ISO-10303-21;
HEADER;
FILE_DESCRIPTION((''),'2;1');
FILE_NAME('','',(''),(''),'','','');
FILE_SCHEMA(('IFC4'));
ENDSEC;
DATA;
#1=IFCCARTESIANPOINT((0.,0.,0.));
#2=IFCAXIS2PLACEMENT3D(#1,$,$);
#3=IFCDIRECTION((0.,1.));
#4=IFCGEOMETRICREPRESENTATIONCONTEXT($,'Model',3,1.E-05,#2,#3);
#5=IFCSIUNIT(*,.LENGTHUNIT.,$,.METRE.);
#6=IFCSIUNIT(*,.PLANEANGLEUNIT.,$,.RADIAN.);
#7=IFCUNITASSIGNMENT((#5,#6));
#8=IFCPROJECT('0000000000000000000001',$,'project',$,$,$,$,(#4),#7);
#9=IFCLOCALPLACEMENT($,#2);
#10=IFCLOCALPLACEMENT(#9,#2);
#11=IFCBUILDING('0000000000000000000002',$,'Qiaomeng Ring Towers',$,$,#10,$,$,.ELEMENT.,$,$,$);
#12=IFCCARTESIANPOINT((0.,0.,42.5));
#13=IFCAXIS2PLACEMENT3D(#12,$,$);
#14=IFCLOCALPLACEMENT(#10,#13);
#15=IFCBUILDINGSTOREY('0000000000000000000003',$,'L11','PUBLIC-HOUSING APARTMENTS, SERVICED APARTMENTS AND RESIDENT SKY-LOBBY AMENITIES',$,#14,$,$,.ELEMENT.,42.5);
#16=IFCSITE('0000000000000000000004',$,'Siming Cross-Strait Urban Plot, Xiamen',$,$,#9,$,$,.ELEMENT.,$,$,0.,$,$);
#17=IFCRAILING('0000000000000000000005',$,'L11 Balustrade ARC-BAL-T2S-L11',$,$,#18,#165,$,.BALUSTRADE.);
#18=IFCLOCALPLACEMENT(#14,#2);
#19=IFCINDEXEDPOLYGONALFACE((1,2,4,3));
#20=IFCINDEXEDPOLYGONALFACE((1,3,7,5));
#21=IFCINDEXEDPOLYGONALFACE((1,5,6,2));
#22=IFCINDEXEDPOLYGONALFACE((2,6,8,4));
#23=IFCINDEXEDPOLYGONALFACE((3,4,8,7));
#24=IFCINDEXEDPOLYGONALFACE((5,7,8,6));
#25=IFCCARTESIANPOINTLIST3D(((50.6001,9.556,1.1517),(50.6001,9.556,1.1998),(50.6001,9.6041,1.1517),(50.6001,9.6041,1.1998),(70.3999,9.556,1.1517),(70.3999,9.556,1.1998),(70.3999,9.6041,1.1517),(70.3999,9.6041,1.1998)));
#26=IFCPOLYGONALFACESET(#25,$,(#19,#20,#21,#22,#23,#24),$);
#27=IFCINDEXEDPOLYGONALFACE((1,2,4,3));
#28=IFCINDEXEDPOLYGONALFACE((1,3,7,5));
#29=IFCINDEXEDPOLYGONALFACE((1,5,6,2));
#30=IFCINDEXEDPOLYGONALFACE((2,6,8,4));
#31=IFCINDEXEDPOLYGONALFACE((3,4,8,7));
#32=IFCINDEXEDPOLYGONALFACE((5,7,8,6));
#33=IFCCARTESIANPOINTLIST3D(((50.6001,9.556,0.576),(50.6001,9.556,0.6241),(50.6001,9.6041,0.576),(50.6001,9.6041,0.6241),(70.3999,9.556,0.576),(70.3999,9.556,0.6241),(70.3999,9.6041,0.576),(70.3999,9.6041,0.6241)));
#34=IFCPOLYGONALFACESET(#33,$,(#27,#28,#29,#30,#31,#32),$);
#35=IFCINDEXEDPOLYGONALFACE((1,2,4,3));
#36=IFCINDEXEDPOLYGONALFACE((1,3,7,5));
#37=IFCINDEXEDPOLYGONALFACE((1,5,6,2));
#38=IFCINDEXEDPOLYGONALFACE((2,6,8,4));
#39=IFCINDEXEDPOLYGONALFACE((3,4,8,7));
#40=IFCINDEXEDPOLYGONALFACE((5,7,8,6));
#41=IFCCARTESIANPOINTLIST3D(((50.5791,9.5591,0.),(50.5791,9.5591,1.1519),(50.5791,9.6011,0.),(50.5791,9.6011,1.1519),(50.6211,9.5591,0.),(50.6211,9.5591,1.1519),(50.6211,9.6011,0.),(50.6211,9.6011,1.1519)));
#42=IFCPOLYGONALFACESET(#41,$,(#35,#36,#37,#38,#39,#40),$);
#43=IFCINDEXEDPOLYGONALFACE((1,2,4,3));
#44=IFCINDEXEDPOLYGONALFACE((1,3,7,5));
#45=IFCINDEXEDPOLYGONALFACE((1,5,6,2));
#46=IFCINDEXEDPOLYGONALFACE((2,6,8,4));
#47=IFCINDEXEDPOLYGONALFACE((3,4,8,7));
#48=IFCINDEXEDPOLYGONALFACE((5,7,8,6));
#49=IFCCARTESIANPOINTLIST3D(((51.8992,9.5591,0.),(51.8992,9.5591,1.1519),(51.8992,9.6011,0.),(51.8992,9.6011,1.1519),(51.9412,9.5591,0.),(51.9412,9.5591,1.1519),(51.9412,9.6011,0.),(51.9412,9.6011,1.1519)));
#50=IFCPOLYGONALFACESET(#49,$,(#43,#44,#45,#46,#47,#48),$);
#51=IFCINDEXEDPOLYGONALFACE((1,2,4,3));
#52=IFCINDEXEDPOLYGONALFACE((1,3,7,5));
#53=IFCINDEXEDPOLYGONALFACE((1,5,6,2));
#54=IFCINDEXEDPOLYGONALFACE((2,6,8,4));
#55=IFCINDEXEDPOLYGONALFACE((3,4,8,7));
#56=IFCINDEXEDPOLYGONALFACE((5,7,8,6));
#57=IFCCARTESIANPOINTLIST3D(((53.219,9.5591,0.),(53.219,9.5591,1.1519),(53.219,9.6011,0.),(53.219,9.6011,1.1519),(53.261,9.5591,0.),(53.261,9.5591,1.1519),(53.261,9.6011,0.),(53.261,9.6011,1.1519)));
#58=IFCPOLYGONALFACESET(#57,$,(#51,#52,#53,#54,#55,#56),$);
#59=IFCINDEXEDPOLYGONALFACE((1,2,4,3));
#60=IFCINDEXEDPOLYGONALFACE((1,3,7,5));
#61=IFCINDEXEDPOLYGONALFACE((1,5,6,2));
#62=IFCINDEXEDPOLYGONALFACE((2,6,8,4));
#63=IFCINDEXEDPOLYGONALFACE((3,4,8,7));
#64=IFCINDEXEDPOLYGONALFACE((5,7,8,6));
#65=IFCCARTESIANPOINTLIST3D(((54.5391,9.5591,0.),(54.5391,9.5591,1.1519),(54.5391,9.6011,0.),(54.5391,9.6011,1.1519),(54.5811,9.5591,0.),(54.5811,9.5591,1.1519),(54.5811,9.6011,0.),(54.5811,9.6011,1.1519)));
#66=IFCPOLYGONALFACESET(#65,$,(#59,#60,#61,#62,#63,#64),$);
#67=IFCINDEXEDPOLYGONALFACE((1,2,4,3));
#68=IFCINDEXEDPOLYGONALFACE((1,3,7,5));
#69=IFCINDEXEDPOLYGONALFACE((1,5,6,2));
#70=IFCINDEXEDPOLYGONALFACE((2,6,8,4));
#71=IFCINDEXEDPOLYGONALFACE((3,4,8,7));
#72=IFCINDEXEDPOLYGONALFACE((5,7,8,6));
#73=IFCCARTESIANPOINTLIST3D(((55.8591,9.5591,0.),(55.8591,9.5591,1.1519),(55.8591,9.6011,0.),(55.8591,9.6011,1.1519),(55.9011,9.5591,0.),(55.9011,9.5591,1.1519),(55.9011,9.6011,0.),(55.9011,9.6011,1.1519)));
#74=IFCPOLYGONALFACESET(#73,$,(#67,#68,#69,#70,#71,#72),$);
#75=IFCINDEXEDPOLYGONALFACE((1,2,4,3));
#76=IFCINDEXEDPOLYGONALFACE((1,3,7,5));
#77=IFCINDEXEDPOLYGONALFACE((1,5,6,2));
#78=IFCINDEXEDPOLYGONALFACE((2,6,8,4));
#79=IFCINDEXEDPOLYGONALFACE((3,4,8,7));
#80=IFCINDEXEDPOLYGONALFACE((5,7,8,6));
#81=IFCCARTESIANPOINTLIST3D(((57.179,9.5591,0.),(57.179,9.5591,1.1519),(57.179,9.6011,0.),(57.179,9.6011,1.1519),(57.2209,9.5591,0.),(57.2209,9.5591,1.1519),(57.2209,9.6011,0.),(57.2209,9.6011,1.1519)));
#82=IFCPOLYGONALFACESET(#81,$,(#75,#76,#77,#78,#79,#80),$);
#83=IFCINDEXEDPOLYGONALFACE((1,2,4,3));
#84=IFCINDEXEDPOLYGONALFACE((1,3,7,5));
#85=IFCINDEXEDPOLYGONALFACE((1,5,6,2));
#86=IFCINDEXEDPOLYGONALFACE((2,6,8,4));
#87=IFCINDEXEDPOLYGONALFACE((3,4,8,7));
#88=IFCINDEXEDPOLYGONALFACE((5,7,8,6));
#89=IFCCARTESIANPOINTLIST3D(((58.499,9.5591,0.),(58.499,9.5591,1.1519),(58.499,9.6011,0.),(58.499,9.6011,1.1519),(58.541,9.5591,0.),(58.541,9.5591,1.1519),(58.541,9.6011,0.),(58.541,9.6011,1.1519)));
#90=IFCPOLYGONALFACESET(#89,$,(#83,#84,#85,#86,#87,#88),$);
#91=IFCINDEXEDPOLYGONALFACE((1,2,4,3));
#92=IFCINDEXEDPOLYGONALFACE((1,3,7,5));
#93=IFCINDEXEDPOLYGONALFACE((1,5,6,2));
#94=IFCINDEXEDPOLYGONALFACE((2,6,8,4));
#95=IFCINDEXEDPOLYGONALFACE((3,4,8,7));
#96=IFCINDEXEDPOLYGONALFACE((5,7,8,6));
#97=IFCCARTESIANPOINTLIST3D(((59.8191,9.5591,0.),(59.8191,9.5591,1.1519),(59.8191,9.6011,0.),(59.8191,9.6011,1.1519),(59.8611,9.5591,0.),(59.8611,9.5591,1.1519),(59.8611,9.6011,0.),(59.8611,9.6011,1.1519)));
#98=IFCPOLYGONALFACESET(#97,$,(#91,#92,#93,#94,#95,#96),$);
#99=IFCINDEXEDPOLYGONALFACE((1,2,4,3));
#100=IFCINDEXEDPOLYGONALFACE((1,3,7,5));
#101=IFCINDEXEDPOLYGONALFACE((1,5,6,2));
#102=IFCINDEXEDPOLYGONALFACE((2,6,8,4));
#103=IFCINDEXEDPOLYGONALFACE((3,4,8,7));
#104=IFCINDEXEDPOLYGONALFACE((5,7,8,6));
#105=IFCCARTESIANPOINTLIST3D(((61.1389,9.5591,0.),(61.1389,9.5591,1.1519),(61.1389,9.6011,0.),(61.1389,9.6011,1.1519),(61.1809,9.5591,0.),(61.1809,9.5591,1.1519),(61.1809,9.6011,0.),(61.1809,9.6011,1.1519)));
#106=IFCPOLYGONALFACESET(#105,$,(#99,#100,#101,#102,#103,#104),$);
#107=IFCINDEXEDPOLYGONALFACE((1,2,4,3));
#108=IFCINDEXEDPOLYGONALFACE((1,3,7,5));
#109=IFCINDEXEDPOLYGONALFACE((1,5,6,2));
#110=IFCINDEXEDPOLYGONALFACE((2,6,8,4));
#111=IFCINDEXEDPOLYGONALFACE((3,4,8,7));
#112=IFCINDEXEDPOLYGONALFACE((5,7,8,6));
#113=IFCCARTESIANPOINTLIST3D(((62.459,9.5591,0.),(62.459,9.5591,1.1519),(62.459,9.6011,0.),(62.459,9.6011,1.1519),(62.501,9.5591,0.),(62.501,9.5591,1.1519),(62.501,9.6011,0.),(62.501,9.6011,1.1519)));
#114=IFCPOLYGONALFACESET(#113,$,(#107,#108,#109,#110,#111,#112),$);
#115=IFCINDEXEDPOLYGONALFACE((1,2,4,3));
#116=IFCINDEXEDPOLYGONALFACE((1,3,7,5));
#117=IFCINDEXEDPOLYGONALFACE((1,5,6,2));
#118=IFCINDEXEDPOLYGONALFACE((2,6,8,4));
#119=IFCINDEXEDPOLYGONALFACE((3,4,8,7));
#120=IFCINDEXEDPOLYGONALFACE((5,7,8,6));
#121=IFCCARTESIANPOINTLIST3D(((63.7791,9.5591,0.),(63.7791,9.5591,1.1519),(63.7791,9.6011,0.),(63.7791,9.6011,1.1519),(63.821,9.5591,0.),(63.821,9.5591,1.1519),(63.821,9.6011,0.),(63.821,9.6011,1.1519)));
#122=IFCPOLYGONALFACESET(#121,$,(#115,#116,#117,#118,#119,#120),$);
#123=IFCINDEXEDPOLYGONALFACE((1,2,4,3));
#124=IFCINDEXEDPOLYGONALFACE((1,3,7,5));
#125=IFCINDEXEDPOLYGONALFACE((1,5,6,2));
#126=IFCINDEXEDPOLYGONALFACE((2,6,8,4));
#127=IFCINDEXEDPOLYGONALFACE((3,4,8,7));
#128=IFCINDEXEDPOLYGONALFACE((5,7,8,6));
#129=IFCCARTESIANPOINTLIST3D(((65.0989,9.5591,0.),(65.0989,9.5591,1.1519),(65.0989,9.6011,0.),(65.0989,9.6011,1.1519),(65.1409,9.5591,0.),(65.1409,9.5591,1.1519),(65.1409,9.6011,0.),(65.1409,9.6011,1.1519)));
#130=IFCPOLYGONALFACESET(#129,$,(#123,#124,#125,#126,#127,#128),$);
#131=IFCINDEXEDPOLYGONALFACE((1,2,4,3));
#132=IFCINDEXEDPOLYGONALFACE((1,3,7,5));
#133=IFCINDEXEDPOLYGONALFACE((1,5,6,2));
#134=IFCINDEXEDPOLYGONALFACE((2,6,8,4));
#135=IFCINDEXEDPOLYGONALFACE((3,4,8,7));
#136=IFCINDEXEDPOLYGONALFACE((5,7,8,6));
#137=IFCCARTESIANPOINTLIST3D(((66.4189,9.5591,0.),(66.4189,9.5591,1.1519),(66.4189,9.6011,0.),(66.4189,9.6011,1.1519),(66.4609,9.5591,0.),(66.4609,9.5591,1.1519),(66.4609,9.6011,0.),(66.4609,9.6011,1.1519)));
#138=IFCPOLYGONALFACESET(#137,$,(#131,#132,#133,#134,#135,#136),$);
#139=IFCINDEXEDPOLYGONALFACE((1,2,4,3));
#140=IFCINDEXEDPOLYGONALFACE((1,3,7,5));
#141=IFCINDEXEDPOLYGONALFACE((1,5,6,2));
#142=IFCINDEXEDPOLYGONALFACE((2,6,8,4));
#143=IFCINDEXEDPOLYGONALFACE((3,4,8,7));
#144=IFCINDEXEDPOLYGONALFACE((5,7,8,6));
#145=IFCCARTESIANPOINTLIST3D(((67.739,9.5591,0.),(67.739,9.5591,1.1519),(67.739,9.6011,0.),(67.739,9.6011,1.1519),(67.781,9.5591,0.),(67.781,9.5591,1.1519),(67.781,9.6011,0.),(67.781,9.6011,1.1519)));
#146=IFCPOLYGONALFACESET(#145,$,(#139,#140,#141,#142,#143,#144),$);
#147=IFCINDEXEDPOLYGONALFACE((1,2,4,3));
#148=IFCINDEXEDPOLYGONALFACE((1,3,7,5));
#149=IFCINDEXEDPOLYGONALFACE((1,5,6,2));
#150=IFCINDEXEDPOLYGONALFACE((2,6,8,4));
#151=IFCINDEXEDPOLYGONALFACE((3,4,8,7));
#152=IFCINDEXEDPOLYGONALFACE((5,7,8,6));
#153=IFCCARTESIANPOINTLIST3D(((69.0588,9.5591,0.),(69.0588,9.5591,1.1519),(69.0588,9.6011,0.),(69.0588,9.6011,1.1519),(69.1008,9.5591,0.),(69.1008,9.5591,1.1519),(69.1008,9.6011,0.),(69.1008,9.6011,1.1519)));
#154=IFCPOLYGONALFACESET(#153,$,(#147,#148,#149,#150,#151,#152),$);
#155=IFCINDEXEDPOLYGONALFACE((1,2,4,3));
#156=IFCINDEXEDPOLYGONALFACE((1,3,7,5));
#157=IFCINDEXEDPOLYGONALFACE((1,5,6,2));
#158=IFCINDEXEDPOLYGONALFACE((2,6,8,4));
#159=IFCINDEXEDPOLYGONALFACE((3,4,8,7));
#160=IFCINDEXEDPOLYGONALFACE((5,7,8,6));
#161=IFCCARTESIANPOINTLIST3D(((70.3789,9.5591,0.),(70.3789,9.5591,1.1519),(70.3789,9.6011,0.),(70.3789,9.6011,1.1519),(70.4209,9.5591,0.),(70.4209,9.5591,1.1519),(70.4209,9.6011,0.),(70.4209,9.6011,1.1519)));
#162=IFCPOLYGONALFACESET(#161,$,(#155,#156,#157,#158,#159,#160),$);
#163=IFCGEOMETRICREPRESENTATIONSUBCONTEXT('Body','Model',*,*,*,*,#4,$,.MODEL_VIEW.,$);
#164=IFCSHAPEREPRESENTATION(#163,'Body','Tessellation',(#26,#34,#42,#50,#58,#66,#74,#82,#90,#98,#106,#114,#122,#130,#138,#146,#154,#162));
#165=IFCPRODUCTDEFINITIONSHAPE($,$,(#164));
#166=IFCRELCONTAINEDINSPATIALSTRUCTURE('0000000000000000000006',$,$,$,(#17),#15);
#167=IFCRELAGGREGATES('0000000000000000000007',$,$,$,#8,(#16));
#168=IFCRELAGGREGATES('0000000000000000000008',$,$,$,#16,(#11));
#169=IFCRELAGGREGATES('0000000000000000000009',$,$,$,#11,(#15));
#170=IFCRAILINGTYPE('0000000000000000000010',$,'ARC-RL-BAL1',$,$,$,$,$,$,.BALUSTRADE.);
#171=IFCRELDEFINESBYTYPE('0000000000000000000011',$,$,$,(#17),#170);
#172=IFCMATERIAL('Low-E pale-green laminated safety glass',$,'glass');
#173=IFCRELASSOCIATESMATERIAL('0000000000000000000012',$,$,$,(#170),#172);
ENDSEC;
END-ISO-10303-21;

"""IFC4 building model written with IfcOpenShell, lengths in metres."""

from ifc_helpers import new_model, si_unit, direction, frame, origin, origin_2d, place, context, subcontext, project, spatial, rectangle, extrude, material, type_object, element, save


model = new_model("IFC4")

# Units and contexts
model_context = context("Model", 3, precision=1e-05, world=origin(), true_north=direction((0.0, 1.0)))
body_context = subcontext(model_context, "Body", "Model", "MODEL_VIEW")
ifc_project = project(units=[si_unit("LENGTHUNIT", "METRE"), si_unit("PLANEANGLEUNIT", "RADIAN")], contexts=[model_context])

# Site, building, storey
site_placement = place(None, origin())
site = spatial("IfcSite", under=ifc_project, at=site_placement, Name="Siming Cross-Strait Urban Plot, Xiamen", CompositionType="ELEMENT", RefElevation=0.0)
building_placement = place(site_placement, origin())
building = spatial("IfcBuilding", under=site, at=building_placement, Name="Qiaomeng Ring Towers", CompositionType="ELEMENT")
storey_placement = place(building_placement, frame((0.0, 0.0, 42.5)))
storey = spatial("IfcBuildingStorey", under=building, at=storey_placement, Name="L11", Description="PUBLIC-HOUSING APARTMENTS, SERVICED APARTMENTS AND RESIDENT SKY-LOBBY AMENITIES", CompositionType="ELEMENT", Elevation=42.5)

# Railing
ifc_material_1 = material(Name="Low-E pale-green laminated safety glass", Category="glass")
railing_type = type_object("IfcRailingType", Name="ARC-RL-BAL1", PredefinedType="BALUSTRADE", material=ifc_material_1)
railing_placement = place(storey_placement, frame((50.6001, 9.5801, 0.0)))
element("IfcRailing", 1, at=railing_placement, inside=storey, type_object=railing_type, Name="L11 Balustrade ARC-BAL-T2S-L11", PredefinedType="BALUSTRADE", context=body_context, shape_type="SweptSolid", body=[
    extrude(rectangle(XDim=0.0481, YDim=0.0481, at=origin_2d()), frame((0.0, 0.0, 1.1758), z_axis=(1.0, 0.0, 0.0), x_axis=(0.0, 1.0, 0.0)), (0.0, 0.0, 1.0), 19.7998),
    extrude(rectangle(XDim=0.0481, YDim=0.0481, at=origin_2d()), frame((0.0, 0.0, 0.6001), z_axis=(1.0, 0.0, 0.0), x_axis=(0.0, 1.0, 0.0)), (0.0, 0.0, 1.0), 19.7998),
    extrude(rectangle(XDim=0.042, YDim=0.042, at=origin_2d()), origin(), (0.0, 0.0, 1.0), 1.1519),
    extrude(rectangle(XDim=0.042, YDim=0.042, at=origin_2d()), frame((1.3201, 0.0, 0.0)), (0.0, 0.0, 1.0), 1.1519),
    extrude(rectangle(XDim=0.042, YDim=0.042, at=origin_2d()), frame((2.6399, 0.0, 0.0)), (0.0, 0.0, 1.0), 1.1519),
    extrude(rectangle(XDim=0.042, YDim=0.042, at=origin_2d()), frame((3.96, 0.0, 0.0)), (0.0, 0.0, 1.0), 1.1519),
    extrude(rectangle(XDim=0.042, YDim=0.042, at=origin_2d()), frame((5.28, 0.0, 0.0)), (0.0, 0.0, 1.0), 1.1519),
    extrude(rectangle(XDim=0.042, YDim=0.042, at=origin_2d()), frame((6.5999, 0.0, 0.0)), (0.0, 0.0, 1.0), 1.1519),
    extrude(rectangle(XDim=0.042, YDim=0.042, at=origin_2d()), frame((7.9199, 0.0, 0.0)), (0.0, 0.0, 1.0), 1.1519),
    extrude(rectangle(XDim=0.042, YDim=0.042, at=origin_2d()), frame((9.24, 0.0, 0.0)), (0.0, 0.0, 1.0), 1.1519),
    extrude(rectangle(XDim=0.042, YDim=0.042, at=origin_2d()), frame((10.5598, 0.0, 0.0)), (0.0, 0.0, 1.0), 1.1519),
    extrude(rectangle(XDim=0.042, YDim=0.042, at=origin_2d()), frame((11.8799, 0.0, 0.0)), (0.0, 0.0, 1.0), 1.1519),
    extrude(rectangle(XDim=0.042, YDim=0.042, at=origin_2d()), frame((13.2, 0.0, 0.0)), (0.0, 0.0, 1.0), 1.1519),
    extrude(rectangle(XDim=0.042, YDim=0.042, at=origin_2d()), frame((14.5198, 0.0, 0.0)), (0.0, 0.0, 1.0), 1.1519),
    extrude(rectangle(XDim=0.042, YDim=0.042, at=origin_2d()), frame((15.8398, 0.0, 0.0)), (0.0, 0.0, 1.0), 1.1519),
    extrude(rectangle(XDim=0.042, YDim=0.042, at=origin_2d()), frame((17.1599, 0.0, 0.0)), (0.0, 0.0, 1.0), 1.1519),
    extrude(rectangle(XDim=0.042, YDim=0.042, at=origin_2d()), frame((18.4797, 0.0, 0.0)), (0.0, 0.0, 1.0), 1.1519),
    extrude(rectangle(XDim=0.042, YDim=0.042, at=origin_2d()), frame((19.7998, 0.0, 0.0)), (0.0, 0.0, 1.0), 1.1519),
])

save(model, "model.ifc")
